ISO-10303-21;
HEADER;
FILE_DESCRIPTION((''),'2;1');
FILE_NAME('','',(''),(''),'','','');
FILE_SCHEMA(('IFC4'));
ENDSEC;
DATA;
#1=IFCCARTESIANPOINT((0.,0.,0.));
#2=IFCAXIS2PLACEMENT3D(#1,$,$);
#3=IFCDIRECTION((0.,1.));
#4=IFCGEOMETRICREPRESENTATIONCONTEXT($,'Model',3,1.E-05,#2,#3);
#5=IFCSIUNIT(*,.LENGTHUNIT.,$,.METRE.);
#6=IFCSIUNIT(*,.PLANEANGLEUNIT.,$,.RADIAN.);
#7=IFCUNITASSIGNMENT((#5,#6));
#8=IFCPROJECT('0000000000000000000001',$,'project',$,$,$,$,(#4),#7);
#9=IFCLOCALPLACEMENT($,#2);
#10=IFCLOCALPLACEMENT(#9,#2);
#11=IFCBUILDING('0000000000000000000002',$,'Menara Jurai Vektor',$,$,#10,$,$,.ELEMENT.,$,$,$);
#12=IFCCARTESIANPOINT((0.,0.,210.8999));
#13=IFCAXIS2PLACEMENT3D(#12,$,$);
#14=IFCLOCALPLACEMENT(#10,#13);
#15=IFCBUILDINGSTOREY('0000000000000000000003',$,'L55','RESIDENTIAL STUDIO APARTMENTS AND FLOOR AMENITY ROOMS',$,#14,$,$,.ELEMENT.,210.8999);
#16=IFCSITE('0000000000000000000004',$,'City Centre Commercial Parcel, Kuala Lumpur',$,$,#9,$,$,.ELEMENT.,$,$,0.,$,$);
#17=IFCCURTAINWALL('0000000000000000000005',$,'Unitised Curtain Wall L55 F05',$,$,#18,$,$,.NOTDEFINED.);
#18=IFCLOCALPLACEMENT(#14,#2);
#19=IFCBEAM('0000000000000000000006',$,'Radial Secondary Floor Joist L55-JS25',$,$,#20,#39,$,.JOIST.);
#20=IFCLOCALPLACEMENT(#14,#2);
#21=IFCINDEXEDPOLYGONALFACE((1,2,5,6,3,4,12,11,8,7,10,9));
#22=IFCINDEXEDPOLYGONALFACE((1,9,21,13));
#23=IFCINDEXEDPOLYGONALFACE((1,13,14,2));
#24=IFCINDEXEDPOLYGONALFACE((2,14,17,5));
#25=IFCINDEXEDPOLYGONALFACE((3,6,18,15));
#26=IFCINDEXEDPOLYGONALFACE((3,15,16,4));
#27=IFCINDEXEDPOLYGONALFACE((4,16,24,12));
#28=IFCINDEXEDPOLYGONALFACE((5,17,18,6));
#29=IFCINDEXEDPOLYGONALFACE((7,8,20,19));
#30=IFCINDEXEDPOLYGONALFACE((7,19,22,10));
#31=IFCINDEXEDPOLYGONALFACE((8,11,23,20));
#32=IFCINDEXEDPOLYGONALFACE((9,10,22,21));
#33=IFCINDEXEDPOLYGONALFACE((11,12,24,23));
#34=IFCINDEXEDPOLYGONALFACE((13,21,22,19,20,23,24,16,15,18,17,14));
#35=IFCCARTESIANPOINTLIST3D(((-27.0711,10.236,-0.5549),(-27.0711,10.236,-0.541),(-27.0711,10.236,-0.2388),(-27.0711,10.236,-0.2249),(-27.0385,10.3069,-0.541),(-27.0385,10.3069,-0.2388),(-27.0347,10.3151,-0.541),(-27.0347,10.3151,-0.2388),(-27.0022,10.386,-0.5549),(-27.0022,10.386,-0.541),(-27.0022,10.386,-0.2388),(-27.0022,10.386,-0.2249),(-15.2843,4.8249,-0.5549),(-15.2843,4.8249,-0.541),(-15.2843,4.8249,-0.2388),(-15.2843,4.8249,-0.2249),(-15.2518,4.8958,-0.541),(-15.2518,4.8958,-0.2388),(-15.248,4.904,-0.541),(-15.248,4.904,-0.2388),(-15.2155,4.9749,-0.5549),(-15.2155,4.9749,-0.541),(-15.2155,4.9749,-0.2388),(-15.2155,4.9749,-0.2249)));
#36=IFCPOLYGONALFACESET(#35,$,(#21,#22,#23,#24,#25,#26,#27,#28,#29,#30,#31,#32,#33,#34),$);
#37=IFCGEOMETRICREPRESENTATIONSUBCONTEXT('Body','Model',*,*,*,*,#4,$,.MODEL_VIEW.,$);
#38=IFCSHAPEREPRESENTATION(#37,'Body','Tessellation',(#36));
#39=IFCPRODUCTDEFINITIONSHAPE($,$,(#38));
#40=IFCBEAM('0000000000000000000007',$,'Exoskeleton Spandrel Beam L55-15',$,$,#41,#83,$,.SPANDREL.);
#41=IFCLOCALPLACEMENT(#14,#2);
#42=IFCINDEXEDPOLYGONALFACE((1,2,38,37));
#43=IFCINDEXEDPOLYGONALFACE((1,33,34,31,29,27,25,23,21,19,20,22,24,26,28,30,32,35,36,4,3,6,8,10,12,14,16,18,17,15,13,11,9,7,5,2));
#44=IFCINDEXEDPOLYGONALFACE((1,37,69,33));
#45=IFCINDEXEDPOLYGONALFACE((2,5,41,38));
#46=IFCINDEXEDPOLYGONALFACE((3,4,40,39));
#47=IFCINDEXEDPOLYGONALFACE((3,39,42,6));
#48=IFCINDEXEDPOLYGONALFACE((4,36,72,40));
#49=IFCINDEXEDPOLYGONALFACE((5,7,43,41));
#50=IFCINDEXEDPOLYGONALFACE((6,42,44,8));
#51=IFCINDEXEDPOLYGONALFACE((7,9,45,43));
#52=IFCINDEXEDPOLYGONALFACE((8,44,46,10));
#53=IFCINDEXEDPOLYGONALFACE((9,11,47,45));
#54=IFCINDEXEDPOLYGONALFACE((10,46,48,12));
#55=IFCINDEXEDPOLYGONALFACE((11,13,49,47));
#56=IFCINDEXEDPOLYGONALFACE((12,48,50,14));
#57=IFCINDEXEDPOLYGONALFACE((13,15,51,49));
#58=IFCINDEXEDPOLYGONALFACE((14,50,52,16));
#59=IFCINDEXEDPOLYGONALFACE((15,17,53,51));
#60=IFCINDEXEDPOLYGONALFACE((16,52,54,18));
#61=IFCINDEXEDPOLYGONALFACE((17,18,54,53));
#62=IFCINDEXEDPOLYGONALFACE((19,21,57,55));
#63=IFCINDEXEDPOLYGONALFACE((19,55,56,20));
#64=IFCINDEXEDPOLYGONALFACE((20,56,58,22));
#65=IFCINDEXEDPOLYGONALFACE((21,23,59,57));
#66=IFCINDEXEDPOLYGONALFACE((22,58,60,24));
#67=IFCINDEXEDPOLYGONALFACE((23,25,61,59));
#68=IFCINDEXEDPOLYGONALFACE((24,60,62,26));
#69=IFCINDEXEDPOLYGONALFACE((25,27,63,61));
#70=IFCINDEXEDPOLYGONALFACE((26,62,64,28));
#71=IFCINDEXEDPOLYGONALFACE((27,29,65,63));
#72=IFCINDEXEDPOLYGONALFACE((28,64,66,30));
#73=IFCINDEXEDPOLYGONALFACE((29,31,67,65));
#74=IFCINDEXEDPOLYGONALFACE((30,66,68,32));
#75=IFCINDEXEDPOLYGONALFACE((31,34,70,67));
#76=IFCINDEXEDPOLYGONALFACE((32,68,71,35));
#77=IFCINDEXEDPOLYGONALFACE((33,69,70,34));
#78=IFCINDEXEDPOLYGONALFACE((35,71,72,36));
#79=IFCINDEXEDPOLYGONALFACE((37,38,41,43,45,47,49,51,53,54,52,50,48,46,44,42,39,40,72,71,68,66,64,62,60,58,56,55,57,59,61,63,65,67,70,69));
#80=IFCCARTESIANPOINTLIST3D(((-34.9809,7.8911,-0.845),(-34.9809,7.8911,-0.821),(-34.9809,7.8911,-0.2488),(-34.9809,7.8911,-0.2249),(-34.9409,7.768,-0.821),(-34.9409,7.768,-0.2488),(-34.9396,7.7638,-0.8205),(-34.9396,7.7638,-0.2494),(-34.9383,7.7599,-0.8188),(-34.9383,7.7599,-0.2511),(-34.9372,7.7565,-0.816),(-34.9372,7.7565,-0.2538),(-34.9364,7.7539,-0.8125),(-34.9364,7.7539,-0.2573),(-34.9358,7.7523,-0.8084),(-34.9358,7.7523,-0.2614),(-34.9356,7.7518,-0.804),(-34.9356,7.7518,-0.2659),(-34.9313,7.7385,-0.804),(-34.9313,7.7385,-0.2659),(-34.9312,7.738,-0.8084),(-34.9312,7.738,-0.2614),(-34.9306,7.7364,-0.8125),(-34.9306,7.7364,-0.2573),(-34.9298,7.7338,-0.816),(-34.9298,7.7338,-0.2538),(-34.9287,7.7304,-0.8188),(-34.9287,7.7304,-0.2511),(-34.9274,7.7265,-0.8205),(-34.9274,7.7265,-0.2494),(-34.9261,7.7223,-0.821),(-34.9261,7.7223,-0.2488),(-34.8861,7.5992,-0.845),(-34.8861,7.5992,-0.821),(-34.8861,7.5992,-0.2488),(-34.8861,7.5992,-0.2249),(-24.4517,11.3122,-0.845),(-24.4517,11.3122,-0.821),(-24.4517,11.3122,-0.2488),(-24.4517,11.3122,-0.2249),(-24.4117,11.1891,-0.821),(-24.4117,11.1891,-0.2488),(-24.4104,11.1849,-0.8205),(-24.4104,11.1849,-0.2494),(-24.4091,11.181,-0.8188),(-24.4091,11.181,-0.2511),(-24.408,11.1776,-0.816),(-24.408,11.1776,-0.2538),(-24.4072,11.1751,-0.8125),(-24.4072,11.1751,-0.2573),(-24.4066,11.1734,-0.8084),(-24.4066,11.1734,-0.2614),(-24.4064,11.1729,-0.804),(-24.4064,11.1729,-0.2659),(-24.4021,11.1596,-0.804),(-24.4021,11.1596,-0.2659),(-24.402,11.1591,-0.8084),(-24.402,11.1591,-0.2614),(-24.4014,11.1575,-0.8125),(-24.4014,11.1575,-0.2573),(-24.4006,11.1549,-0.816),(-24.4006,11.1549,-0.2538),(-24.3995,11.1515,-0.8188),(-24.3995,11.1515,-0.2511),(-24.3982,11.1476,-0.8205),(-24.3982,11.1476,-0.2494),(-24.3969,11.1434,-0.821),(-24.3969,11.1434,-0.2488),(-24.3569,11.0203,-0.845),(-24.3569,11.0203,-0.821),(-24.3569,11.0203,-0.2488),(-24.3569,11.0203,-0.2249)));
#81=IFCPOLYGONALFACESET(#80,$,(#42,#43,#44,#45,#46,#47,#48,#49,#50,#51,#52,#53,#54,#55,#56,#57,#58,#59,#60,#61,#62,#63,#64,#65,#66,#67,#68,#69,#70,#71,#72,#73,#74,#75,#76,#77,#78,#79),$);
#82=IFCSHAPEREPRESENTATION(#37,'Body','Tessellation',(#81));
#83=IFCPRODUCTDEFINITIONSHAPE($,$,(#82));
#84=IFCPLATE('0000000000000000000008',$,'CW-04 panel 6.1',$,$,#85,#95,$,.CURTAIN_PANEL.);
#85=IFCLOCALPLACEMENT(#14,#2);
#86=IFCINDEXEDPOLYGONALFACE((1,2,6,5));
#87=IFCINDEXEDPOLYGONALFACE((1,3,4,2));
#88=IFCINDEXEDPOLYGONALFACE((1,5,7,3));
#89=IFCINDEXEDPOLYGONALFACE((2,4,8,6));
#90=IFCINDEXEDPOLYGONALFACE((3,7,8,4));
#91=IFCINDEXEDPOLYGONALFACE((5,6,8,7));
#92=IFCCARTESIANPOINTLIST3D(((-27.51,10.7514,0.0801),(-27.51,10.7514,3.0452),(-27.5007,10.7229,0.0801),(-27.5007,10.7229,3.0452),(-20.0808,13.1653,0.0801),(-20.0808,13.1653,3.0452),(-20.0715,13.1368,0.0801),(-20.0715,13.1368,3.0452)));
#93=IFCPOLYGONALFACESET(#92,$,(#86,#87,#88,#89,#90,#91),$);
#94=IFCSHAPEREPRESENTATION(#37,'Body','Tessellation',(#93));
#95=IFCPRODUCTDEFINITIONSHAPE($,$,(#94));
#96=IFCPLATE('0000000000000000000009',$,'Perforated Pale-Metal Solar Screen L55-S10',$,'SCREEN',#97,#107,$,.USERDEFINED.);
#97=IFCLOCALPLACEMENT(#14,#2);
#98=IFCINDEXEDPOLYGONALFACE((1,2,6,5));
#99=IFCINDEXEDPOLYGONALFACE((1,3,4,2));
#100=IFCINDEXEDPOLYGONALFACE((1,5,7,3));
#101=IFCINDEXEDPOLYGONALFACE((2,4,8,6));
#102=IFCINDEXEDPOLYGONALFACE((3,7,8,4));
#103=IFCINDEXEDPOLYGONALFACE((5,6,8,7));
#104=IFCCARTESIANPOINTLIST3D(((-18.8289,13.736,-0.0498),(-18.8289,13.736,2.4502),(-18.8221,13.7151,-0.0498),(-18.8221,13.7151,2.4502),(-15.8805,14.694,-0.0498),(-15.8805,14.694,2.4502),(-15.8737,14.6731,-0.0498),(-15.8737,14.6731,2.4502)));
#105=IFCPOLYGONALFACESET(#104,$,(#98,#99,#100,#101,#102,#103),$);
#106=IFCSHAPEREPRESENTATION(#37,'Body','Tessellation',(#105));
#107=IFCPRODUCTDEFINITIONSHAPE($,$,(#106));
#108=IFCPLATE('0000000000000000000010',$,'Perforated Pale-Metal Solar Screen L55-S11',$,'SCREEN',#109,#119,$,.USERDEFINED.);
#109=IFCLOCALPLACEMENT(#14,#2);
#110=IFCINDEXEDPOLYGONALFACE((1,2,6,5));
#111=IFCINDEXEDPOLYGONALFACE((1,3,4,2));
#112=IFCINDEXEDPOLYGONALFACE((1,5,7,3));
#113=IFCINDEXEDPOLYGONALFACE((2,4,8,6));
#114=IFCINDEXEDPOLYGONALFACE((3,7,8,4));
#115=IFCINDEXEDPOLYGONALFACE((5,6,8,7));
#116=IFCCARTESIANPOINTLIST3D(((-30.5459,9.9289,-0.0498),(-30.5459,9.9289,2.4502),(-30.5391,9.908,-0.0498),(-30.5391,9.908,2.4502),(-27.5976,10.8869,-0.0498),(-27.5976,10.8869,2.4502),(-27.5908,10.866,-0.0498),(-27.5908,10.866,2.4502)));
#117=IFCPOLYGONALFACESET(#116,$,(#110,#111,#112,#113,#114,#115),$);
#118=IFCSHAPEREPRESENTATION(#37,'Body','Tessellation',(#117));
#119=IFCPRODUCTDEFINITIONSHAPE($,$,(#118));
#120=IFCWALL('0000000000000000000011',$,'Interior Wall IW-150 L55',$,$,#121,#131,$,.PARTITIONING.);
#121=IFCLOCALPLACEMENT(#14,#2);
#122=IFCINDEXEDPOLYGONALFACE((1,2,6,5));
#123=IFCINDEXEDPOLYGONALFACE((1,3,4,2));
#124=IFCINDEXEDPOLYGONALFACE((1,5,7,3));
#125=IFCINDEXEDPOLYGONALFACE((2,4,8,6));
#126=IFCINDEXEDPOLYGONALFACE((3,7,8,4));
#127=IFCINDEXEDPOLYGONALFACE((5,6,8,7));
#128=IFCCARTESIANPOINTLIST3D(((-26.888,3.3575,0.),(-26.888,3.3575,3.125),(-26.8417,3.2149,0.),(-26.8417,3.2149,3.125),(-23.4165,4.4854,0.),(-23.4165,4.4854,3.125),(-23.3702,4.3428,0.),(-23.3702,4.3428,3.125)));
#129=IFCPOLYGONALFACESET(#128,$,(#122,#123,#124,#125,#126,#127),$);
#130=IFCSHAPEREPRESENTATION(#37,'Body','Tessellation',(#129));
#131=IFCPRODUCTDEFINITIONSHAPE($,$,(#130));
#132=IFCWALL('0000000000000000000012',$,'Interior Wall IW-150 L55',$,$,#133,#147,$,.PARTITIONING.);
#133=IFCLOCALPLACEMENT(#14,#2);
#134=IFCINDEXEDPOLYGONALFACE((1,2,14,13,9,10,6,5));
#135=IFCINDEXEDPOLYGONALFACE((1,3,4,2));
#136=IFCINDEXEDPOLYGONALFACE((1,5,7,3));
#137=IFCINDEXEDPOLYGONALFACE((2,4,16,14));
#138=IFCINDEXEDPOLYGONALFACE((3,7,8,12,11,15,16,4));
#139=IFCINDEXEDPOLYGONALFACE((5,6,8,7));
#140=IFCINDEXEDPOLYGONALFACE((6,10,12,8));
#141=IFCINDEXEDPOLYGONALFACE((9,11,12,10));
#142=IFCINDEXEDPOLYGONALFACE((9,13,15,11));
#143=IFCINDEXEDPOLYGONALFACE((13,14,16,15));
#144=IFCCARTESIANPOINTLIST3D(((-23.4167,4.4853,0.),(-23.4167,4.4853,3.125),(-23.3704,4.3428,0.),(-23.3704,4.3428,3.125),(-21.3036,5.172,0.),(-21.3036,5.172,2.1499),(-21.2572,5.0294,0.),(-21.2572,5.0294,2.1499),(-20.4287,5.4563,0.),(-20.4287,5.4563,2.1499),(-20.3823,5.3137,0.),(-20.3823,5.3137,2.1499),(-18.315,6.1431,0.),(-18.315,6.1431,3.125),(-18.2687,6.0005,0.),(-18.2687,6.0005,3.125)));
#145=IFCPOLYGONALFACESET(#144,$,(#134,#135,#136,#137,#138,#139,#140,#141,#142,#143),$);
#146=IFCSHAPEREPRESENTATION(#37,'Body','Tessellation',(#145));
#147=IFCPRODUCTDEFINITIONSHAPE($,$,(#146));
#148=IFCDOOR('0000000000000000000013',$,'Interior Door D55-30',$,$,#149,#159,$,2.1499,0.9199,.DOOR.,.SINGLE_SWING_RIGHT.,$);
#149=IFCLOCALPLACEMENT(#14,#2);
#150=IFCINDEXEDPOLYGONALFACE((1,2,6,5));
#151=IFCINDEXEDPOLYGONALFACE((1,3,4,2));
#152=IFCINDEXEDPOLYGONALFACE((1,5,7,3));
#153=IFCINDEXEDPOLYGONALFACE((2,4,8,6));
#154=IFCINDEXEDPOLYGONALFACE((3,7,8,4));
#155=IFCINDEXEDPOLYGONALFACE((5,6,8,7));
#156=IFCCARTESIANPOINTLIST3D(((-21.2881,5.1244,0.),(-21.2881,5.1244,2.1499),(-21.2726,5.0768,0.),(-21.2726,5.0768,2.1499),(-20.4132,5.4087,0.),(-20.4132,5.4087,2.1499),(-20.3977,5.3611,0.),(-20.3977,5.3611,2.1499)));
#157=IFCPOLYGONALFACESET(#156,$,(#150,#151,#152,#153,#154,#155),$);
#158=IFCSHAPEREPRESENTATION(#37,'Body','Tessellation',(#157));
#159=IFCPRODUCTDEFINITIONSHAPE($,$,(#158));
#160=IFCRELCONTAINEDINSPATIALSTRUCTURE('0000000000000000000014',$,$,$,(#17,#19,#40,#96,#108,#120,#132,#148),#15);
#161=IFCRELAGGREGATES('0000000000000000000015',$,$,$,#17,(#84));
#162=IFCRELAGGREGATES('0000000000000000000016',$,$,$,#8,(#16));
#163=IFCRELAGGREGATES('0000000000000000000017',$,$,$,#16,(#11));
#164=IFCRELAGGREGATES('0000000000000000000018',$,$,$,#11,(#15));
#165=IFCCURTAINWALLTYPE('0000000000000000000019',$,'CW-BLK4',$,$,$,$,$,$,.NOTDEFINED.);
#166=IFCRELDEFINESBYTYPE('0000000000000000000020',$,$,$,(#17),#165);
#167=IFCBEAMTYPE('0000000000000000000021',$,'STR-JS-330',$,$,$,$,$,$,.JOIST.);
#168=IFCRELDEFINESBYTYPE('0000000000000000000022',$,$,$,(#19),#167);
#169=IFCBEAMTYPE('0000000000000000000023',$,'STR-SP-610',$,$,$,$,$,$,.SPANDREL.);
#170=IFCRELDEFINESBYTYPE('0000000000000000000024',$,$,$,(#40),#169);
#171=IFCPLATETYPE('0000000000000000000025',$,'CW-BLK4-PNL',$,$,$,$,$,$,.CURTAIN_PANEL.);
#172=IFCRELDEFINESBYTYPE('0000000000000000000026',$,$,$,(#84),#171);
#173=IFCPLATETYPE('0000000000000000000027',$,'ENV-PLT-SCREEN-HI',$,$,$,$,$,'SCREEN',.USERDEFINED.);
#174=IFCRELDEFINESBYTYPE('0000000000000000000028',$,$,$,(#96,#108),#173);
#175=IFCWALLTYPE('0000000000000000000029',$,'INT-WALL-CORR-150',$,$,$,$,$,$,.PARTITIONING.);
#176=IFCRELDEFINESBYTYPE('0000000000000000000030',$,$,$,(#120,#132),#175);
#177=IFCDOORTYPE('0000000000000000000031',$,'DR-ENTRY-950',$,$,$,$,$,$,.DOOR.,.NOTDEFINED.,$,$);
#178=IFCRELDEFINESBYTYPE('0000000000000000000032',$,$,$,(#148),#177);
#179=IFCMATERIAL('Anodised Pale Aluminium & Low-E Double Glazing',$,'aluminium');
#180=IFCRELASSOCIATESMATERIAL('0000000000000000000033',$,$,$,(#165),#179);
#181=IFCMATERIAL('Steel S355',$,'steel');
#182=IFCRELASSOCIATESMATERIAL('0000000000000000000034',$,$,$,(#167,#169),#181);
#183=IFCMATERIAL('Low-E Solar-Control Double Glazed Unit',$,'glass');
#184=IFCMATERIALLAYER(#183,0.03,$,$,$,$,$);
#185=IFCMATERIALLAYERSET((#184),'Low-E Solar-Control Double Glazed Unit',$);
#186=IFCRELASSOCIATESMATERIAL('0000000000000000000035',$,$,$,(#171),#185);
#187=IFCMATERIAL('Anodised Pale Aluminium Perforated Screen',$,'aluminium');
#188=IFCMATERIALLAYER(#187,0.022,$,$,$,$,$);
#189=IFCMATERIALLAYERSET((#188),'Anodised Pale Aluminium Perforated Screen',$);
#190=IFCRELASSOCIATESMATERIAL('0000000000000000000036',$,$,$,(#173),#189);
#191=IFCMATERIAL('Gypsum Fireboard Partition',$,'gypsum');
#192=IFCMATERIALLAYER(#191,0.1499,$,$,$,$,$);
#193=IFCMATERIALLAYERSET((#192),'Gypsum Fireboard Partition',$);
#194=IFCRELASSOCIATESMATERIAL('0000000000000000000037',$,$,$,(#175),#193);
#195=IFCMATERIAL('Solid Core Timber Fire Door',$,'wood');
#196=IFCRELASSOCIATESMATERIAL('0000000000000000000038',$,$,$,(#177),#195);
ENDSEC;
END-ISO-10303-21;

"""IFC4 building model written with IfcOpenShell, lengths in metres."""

from ifc_helpers import new_model, si_unit, direction, frame, frame_2d, origin, origin_2d, place, context, subcontext, project, spatial, rectangle, i_section, extrude, material, layer, layer_set, material_profile, profile_set, type_object, element, fill, aggregate, save


model = new_model("IFC4")

# Units and contexts
model_context = context("Model", 3, precision=1e-05, world=origin(), true_north=direction((0.0, 1.0)))
body_context = subcontext(model_context, "Body", "Model", "MODEL_VIEW")
ifc_project = project(units=[si_unit("LENGTHUNIT", "METRE"), si_unit("PLANEANGLEUNIT", "RADIAN")], contexts=[model_context])

# Site, building, storey
site_placement = place(None, origin())
site = spatial("IfcSite", under=ifc_project, at=site_placement, Name="City Centre Commercial Parcel, Kuala Lumpur", CompositionType="ELEMENT", RefElevation=0.0)
building_placement = place(site_placement, origin())
building = spatial("IfcBuilding", under=site, at=building_placement, Name="Menara Jurai Vektor", CompositionType="ELEMENT")
storey_placement = place(building_placement, frame((0.0, 0.0, 210.8999)))
storey = spatial("IfcBuildingStorey", under=building, at=storey_placement, Name="L55", Description="RESIDENTIAL STUDIO APARTMENTS AND FLOOR AMENITY ROOMS", CompositionType="ELEMENT", Elevation=210.8999)

# Curtain wall
ifc_material_1 = material(Name="Anodised Pale Aluminium & Low-E Double Glazing", Category="aluminium")
curtain_wall_type = type_object("IfcCurtainWallType", Name="CW-BLK4", PredefinedType="NOTDEFINED", material=ifc_material_1)
curtain_wall_placement = place(storey_placement, origin())
curtain_wall = element("IfcCurtainWall", 1, at=curtain_wall_placement, inside=storey, type_object=curtain_wall_type, Name="Unitised Curtain Wall L55 F05", PredefinedType="NOTDEFINED")

# Beams
ifc_material_2 = material(Name="Steel S355", Category="steel")
ifc_material_profile_1 = material_profile(ifc_material_2, i_section(OverallWidth=0.165, OverallDepth=0.3301, WebThickness=0.009, FlangeThickness=0.0139, at=origin_2d()), Name="PG 330x165x46")
ifc_profile_set_1 = profile_set([ifc_material_profile_1], Name="Steel S355")
beam_type_1 = type_object("IfcBeamType", Name="STR-JS-330", PredefinedType="JOIST", material=ifc_profile_set_1)
beam_1_placement = place(storey_placement, frame((-27.0366, 10.311, -0.3899), z_axis=(0.908804, -0.417224, 0.0), x_axis=(0.417224, 0.908804, 0.0)))
element("IfcBeam", 2, at=beam_1_placement, inside=storey, type_object=beam_type_1, Name="Radial Secondary Floor Joist L55-JS25", PredefinedType="JOIST", context=body_context, shape_type="SweptSolid", body=[
    extrude(i_section(OverallWidth=0.165, OverallDepth=0.3301, WebThickness=0.009, FlangeThickness=0.0139, at=origin_2d()), origin(), (0.0, 0.0, 1.0), 12.9695),
])
ifc_material_profile_2 = material_profile(ifc_material_2, i_section(OverallWidth=0.3069, OverallDepth=0.6201, WebThickness=0.0139, FlangeThickness=0.0239, FilletRadius=0.0171, at=origin_2d()), Name="UKB 610x305x179")
ifc_profile_set_2 = profile_set([ifc_material_profile_2], Name="Steel S355")
beam_type_2 = type_object("IfcBeamType", Name="STR-SP-610", PredefinedType="SPANDREL", material=ifc_profile_set_2)
beam_2_placement = place(storey_placement, frame((-24.4043, 11.1663, -0.5349), z_axis=(-0.951057, -0.309014, 0.0), x_axis=(0.309014, -0.951057, 0.0)))
element("IfcBeam", 3, at=beam_2_placement, inside=storey, type_object=beam_type_2, Name="Exoskeleton Spandrel Beam L55-15", PredefinedType="SPANDREL", context=body_context, shape_type="SweptSolid", body=[
    extrude(i_section(OverallWidth=0.3069, OverallDepth=0.6201, WebThickness=0.0139, FlangeThickness=0.0239, FilletRadius=0.0171, at=origin_2d()), origin(), (0.0, 0.0, 1.0), 11.071),
])

# Plate
ifc_material_3 = material(Name="Low-E Solar-Control Double Glazed Unit", Category="glass")
ifc_layer_1 = layer(ifc_material_3, 0.03)
ifc_layer_set_1 = layer_set([ifc_layer_1], Name="Low-E Solar-Control Double Glazed Unit")
plate_type_1 = type_object("IfcPlateType", Name="CW-BLK4-PNL", PredefinedType="CURTAIN_PANEL", material=ifc_layer_set_1)
plate_placement = place(storey_placement, frame((-23.7908, 11.9441, 0.0801), z_axis=(0.0, 0.0, 1.0), x_axis=(-0.951056, -0.309017, 0.0)))
plate = element("IfcPlate", 4, at=plate_placement, type_object=plate_type_1, Name="CW-04 panel 6.1", PredefinedType="CURTAIN_PANEL", context=body_context, shape_type="SweptSolid", body=[
    extrude(rectangle(XDim=7.8115, YDim=0.03, at=origin_2d()), origin(), (0.0, 0.0, 1.0), 2.9651),
])
aggregate(curtain_wall, [plate])

# Plates
ifc_material_4 = material(Name="Anodised Pale Aluminium Perforated Screen", Category="aluminium")
ifc_layer_2 = layer(ifc_material_4, 0.022)
ifc_layer_set_2 = layer_set([ifc_layer_2], Name="Anodised Pale Aluminium Perforated Screen")
plate_type_2 = type_object("IfcPlateType", Name="ENV-PLT-SCREEN-HI", ElementType="SCREEN", PredefinedType="USERDEFINED", material=ifc_layer_set_2)
for number, where, z_axis, x_axis, name in (
    (5, (-17.3513, 14.2046, -0.0498), (0.0, 0.0, 1.0), (-0.951057, -0.309017, 0.0), "Perforated Pale-Metal Solar Screen L55-S10"),
    (6, (-29.0684, 10.3975, -0.0498), (0.0, 0.0, 1.0), (-0.951057, -0.309017, 0.0), "Perforated Pale-Metal Solar Screen L55-S11"),
):
    element("IfcPlate", number, at=place(storey_placement, frame(where, z_axis=z_axis, x_axis=x_axis)), inside=storey, type_object=plate_type_2, Name=name, ObjectType="SCREEN", PredefinedType="USERDEFINED", context=body_context, shape_type="SweptSolid", body=[
        extrude(rectangle(XDim=3.1001, YDim=0.022, at=origin_2d()), origin(), (0.0, 0.0, 1.0), 2.5),
    ])

# Wall
ifc_material_5 = material(Name="Gypsum Fireboard Partition", Category="gypsum")
ifc_layer_3 = layer(ifc_material_5, 0.1499)
ifc_layer_set_3 = layer_set([ifc_layer_3], Name="Gypsum Fireboard Partition")
wall_type_1 = type_object("IfcWallType", Name="INT-WALL-CORR-150", PredefinedType="PARTITIONING", material=ifc_layer_set_3)
wall_1_placement = place(storey_placement, frame((-26.865, 3.2861, 0.0), z_axis=(0.0, 0.0, 1.0), x_axis=(0.951057, 0.309015, 0.0)))
element("IfcWall", 7, at=wall_1_placement, inside=storey, type_object=wall_type_1, Name="Interior Wall IW-150 L55", PredefinedType="PARTITIONING", context=body_context, shape_type="SweptSolid", body=[
    extrude(rectangle(XDim=3.6501, YDim=0.1499, at=frame_2d((1.8252, 0.0))), origin(), (0.0, 0.0, 1.0), 3.125),
])

# Wall, opening, door
wall_2_placement = place(storey_placement, frame((-23.3936, 4.4141, 0.0), z_axis=(0.0, 0.0, 1.0), x_axis=(0.95105, 0.309037, 0.0)))
wall_2 = element("IfcWall", 8, at=wall_2_placement, inside=storey, type_object=wall_type_1, Name="Interior Wall IW-150 L55", PredefinedType="PARTITIONING", context=body_context, shape_type="SweptSolid", body=[
    extrude(rectangle(XDim=5.3643, YDim=0.1499, at=frame_2d((2.6821, 0.0))), origin(), (0.0, 0.0, 1.0), 3.125),
])
opening_1_placement = place(wall_2_placement, frame((2.2219, 0.0, 0.0)))
opening_1 = element("IfcOpeningElement", 9, at=opening_1_placement, cuts=wall_2, PredefinedType="OPENING", context=body_context, shape_type="SweptSolid", body=[
    extrude(rectangle(XDim=0.9199, YDim=2.1499, at=frame_2d((0.46, 1.075))), frame((0.0, 0.085, 0.0), z_axis=(0.0, -1.0, 0.0), x_axis=(1.0, 0.0, 0.0)), (0.0, 0.0, 1.0), 0.1699),
])
ifc_material_6 = material(Name="Solid Core Timber Fire Door", Category="wood")
door_type = type_object("IfcDoorType", Name="DR-ENTRY-950", OperationType="NOTDEFINED", PredefinedType="DOOR", material=ifc_material_6)
door_1_placement = place(opening_1_placement, origin())
door_1 = element("IfcDoor", 10, at=door_1_placement, inside=storey, type_object=door_type, Name="Interior Door D55-30", OperationType="SINGLE_SWING_RIGHT", OverallHeight=2.1499, OverallWidth=0.9199, PredefinedType="DOOR", context=body_context, shape_type="SweptSolid", body=[
    extrude(rectangle(XDim=0.9199, YDim=2.1499, at=frame_2d((0.46, 1.075))), frame((0.0, 0.0249, 0.0), z_axis=(0.0, -1.0, 0.0), x_axis=(1.0, 0.0, 0.0)), (0.0, 0.0, 1.0), 0.05),
])
fill(opening_1, door_1)

save(model, "model.ifc")
